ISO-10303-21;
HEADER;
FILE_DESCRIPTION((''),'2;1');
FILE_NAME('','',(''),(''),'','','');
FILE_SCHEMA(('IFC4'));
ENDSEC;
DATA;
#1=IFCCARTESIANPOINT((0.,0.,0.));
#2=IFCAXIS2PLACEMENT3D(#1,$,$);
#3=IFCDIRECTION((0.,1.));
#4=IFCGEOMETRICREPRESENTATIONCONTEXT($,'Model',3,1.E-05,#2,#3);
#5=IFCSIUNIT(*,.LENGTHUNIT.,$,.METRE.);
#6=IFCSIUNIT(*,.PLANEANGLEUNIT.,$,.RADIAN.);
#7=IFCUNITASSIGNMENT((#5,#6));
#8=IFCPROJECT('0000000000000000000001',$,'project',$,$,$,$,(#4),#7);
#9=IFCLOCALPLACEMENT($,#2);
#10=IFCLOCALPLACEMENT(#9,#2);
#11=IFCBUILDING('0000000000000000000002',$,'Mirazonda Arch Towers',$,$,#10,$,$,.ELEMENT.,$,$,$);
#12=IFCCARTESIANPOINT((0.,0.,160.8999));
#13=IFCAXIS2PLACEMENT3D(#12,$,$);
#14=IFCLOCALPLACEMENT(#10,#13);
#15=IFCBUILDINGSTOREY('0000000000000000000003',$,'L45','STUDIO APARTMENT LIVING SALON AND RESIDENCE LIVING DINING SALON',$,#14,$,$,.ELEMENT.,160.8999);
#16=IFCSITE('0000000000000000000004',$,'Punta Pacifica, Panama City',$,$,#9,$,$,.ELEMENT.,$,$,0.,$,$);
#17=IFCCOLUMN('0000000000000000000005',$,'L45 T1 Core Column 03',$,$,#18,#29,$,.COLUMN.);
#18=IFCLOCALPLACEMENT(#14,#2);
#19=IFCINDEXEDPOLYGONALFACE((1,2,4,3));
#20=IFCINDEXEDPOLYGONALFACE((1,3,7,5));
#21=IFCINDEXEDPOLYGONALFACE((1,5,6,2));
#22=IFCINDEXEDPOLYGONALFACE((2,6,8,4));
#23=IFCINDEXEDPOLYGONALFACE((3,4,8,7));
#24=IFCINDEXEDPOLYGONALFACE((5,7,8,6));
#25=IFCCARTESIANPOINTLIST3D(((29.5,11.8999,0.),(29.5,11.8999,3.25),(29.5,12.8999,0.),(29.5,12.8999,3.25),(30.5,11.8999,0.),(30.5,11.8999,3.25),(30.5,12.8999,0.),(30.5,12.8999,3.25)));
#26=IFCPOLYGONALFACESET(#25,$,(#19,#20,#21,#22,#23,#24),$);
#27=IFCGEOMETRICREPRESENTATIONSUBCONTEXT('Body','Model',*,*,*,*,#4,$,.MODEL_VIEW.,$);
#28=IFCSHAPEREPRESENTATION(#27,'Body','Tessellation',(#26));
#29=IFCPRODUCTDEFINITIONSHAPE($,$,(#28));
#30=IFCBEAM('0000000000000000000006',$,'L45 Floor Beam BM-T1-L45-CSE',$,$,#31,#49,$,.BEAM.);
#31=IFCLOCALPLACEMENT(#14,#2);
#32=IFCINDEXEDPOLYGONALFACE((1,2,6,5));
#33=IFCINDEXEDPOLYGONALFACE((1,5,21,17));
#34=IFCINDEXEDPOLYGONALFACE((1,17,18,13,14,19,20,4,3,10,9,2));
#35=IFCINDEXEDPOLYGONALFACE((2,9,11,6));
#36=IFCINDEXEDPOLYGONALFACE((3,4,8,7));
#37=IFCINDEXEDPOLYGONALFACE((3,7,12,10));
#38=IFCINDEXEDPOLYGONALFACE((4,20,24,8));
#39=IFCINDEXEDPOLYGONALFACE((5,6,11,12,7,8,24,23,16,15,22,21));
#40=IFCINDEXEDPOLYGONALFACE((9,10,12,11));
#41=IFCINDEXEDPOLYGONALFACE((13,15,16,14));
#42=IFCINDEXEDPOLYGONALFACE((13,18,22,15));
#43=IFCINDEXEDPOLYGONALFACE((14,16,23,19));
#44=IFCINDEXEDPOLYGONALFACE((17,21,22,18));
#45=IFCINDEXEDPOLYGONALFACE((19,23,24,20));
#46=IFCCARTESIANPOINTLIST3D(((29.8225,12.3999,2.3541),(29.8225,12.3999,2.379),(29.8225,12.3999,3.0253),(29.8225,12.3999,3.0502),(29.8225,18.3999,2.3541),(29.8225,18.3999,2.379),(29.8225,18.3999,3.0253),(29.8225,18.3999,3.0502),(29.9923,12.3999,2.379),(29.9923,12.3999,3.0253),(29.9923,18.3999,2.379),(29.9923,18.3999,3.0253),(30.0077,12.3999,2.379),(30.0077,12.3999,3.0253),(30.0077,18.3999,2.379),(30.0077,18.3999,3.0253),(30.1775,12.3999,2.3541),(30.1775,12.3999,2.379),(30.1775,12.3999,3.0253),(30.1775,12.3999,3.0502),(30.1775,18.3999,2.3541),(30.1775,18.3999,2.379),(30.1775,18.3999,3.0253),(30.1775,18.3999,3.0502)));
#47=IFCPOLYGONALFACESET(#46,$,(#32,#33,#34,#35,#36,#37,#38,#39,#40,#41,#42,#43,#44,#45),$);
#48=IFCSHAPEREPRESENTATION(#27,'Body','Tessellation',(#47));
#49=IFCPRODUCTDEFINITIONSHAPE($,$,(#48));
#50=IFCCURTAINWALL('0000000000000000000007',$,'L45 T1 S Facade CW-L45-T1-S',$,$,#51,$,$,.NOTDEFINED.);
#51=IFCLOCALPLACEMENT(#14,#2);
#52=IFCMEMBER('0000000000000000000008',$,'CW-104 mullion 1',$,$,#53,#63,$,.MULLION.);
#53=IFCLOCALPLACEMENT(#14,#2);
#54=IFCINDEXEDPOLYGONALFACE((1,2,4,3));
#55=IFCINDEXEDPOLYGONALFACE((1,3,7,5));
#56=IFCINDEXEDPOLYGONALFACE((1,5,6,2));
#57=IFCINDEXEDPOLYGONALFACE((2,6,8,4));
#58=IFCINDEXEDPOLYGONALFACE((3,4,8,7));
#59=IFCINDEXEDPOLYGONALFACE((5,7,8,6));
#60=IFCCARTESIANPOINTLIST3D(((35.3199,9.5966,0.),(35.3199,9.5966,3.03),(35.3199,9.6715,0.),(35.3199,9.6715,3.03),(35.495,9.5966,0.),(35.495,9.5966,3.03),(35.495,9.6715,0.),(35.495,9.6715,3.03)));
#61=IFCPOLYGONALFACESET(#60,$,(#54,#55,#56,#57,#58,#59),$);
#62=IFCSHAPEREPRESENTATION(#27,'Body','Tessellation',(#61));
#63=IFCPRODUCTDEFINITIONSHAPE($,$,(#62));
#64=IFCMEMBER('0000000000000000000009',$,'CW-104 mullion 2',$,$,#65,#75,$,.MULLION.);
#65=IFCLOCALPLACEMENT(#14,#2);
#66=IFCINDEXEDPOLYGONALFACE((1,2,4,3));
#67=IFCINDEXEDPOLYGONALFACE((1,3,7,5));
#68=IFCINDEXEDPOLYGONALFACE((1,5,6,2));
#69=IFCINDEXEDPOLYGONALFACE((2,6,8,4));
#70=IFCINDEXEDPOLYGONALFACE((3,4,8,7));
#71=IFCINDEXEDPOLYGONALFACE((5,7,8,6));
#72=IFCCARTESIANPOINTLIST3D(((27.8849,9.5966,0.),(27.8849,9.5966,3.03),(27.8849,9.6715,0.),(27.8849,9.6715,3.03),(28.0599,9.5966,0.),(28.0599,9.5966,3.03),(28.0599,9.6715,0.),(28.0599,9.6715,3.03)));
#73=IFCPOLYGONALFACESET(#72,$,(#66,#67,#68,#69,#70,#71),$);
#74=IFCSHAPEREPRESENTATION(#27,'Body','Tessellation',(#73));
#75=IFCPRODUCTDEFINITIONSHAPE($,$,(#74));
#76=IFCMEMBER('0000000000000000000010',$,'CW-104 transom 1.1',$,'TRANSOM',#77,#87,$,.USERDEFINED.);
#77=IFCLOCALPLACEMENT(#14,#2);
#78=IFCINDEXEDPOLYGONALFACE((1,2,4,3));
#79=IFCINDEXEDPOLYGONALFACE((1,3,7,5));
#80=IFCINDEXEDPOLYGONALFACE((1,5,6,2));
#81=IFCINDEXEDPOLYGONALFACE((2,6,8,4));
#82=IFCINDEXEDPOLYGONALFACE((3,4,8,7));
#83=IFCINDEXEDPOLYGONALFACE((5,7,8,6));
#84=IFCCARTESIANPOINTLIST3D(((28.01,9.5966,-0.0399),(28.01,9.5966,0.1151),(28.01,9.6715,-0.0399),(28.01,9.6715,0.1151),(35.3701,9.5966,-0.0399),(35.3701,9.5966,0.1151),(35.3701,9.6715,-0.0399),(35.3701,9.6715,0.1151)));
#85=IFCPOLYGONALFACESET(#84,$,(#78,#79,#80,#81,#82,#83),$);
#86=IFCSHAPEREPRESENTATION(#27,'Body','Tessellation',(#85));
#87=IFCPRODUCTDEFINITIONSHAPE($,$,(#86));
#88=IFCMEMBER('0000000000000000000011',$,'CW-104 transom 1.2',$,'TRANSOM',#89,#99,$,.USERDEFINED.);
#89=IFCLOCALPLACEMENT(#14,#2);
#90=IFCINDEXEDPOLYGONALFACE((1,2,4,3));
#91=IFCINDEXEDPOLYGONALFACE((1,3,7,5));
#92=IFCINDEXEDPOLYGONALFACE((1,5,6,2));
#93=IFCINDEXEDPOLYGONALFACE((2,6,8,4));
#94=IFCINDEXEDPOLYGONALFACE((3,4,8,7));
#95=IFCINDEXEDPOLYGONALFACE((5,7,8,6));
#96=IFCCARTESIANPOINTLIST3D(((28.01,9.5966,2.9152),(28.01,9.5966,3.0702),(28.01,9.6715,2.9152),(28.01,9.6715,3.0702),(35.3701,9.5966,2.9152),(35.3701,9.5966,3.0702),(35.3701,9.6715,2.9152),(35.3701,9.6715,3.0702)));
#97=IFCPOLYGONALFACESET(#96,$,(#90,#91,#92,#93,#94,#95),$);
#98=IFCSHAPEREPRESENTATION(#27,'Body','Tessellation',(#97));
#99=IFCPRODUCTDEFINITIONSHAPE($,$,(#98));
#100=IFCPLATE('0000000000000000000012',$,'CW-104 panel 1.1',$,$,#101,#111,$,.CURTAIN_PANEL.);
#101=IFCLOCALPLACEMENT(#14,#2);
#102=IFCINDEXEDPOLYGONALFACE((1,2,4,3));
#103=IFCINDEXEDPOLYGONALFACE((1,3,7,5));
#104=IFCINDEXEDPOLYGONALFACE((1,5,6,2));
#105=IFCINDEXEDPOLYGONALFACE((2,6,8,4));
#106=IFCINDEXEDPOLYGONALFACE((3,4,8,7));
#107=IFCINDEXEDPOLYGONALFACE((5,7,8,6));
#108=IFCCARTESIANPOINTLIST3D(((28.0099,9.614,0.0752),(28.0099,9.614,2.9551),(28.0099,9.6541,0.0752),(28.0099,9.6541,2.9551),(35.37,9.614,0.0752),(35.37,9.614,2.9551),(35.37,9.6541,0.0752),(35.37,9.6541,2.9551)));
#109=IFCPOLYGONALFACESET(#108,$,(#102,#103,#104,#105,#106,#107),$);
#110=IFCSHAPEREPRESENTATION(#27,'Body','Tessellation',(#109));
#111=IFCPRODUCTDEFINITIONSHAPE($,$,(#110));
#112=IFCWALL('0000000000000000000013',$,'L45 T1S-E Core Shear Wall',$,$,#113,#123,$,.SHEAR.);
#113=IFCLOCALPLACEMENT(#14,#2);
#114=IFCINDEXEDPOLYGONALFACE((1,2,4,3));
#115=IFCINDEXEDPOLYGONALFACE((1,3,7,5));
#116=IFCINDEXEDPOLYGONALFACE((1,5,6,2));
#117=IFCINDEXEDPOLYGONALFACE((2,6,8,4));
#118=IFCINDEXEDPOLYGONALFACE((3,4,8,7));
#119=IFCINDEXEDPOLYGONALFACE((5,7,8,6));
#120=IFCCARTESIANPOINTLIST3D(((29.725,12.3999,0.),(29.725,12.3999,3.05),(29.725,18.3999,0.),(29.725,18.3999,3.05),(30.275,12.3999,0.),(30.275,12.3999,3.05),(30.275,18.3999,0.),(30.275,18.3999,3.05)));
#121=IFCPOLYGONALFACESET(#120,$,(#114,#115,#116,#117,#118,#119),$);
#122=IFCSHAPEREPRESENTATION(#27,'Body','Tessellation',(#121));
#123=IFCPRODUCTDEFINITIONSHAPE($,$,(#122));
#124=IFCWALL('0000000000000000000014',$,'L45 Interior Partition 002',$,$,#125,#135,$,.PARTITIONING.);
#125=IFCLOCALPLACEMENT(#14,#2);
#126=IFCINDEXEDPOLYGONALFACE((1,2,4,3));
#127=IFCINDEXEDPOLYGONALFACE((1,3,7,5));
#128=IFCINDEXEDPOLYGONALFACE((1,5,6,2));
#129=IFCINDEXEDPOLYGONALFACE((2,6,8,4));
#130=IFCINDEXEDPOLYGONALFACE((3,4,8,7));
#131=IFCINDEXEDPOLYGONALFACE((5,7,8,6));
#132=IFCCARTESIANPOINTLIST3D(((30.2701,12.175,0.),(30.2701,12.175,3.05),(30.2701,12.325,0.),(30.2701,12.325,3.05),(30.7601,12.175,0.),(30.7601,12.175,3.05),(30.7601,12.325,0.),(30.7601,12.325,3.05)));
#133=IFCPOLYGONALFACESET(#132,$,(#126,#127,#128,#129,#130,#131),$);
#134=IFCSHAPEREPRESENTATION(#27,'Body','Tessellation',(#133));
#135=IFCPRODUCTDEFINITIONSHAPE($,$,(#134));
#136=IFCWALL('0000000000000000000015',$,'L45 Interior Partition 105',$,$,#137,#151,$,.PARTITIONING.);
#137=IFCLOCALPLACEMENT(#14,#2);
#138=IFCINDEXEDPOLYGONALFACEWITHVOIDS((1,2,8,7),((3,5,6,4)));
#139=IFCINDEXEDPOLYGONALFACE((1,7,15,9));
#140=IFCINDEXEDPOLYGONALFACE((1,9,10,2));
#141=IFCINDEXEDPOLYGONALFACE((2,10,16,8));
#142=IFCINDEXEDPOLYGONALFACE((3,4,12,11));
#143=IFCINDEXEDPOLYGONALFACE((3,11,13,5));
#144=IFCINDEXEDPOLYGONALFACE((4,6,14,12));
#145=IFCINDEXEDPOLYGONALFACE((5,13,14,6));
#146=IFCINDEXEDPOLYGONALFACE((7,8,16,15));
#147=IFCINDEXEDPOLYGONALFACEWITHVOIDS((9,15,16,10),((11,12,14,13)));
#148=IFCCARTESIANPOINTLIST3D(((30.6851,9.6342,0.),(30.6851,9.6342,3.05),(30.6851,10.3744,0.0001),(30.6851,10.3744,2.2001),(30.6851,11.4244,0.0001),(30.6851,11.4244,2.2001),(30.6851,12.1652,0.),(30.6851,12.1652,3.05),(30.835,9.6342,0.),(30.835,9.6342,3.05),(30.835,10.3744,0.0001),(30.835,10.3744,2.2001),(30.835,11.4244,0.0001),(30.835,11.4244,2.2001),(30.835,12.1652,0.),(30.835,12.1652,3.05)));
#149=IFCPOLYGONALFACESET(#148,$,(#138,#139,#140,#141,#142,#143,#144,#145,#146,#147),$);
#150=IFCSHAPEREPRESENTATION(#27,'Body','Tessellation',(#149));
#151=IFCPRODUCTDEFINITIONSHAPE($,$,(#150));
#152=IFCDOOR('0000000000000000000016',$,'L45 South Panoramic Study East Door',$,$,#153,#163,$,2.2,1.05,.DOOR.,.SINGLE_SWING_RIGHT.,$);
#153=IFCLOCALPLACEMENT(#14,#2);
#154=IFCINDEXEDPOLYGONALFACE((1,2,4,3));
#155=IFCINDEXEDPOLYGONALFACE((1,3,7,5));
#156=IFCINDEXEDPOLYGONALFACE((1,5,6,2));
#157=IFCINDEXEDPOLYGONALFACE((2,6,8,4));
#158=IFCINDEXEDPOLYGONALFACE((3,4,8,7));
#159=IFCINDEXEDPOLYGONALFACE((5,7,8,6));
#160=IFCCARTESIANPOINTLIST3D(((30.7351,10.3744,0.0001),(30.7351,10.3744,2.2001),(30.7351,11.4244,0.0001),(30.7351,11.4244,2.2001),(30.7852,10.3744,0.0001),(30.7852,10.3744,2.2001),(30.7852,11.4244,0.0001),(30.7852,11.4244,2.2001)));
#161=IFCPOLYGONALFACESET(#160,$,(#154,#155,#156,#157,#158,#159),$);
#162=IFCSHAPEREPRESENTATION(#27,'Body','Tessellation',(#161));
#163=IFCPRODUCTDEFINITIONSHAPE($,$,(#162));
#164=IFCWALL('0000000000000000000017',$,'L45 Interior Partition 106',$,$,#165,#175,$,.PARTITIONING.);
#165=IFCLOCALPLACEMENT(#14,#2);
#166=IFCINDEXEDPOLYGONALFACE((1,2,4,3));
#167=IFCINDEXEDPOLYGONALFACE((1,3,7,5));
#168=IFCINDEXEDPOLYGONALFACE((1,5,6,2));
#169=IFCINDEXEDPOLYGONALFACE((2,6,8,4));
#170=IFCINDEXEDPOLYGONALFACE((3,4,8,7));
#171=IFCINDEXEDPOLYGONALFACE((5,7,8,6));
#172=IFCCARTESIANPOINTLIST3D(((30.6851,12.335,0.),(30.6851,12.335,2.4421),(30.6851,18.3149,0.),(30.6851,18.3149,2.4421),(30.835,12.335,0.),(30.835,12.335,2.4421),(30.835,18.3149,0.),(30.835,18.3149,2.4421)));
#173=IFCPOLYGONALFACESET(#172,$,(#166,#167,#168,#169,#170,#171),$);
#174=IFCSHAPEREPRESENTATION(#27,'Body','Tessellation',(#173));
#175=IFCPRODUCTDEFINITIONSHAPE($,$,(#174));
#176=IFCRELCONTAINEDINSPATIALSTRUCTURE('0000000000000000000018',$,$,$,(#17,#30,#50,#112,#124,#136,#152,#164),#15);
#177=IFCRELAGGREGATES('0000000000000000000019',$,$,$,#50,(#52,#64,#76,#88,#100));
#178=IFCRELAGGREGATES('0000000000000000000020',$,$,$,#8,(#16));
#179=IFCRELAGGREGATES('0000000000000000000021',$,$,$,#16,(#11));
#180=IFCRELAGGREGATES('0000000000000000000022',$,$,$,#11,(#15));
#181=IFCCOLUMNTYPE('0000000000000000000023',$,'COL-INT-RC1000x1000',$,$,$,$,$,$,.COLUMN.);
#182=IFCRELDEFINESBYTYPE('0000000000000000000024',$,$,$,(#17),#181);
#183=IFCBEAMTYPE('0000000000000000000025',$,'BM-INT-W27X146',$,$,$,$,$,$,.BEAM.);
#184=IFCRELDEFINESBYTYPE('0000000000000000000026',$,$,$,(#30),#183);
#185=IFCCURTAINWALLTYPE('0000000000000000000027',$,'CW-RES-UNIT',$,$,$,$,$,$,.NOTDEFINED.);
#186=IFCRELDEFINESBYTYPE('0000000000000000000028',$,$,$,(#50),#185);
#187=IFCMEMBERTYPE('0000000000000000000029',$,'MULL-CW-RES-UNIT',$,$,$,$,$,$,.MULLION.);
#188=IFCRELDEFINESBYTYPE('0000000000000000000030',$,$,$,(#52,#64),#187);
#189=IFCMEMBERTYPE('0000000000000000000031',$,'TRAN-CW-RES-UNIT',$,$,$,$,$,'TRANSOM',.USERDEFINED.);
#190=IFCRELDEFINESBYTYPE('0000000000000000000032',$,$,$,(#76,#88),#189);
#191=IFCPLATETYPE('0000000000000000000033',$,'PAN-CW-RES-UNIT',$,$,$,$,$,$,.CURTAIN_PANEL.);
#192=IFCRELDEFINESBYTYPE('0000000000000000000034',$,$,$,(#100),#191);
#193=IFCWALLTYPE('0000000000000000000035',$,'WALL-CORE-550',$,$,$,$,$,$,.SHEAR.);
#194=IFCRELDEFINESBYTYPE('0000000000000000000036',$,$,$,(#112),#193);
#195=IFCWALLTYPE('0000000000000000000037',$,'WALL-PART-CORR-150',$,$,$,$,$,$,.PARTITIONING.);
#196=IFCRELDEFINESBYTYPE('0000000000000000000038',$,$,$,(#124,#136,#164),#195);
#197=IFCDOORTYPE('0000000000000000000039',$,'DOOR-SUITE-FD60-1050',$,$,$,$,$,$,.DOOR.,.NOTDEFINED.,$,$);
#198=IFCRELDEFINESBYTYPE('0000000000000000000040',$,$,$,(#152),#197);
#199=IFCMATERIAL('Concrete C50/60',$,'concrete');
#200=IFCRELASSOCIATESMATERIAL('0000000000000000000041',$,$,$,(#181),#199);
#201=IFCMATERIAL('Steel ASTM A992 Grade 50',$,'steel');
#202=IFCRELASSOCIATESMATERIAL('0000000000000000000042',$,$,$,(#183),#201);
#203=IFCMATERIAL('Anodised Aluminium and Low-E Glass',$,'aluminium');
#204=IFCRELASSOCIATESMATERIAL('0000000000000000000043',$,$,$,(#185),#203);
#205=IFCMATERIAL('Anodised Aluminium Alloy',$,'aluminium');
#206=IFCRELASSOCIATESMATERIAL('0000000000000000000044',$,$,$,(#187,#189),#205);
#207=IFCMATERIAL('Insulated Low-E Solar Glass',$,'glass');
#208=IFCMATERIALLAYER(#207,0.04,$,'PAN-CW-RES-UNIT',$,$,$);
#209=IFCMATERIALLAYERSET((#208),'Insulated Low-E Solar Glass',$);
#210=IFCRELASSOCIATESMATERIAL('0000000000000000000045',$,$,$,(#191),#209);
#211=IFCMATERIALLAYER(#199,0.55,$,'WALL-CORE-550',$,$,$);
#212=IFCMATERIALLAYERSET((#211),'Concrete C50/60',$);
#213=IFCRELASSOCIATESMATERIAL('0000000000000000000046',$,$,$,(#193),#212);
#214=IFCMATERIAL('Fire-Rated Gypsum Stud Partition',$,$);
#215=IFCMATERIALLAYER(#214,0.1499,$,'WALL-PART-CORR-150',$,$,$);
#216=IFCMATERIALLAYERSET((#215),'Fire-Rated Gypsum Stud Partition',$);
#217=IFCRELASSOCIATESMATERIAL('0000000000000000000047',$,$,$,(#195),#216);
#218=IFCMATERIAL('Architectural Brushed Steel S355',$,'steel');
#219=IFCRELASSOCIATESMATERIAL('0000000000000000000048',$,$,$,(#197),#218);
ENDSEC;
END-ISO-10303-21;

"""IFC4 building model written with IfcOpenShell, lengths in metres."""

from ifc_helpers import new_model, si_unit, direction, frame, frame_2d, origin, origin_2d, place, context, subcontext, project, spatial, rectangle, i_section, extrude, material, layer, layer_set, material_profile, profile_set, type_object, element, fill, aggregate, save


model = new_model("IFC4")

# Units and contexts
model_context = context("Model", 3, precision=1e-05, world=origin(), true_north=direction((0.0, 1.0)))
body_context = subcontext(model_context, "Body", "Model", "MODEL_VIEW")
ifc_project = project(units=[si_unit("LENGTHUNIT", "METRE"), si_unit("PLANEANGLEUNIT", "RADIAN")], contexts=[model_context])

# Site, building, storey
site_placement = place(None, origin())
site = spatial("IfcSite", under=ifc_project, at=site_placement, Name="Punta Pacifica, Panama City", CompositionType="ELEMENT", RefElevation=0.0)
building_placement = place(site_placement, origin())
building = spatial("IfcBuilding", under=site, at=building_placement, Name="Mirazonda Arch Towers", CompositionType="ELEMENT")
storey_placement = place(building_placement, frame((0.0, 0.0, 160.8999)))
storey = spatial("IfcBuildingStorey", under=building, at=storey_placement, Name="L45", Description="STUDIO APARTMENT LIVING SALON AND RESIDENCE LIVING DINING SALON", CompositionType="ELEMENT", Elevation=160.8999)

# Column
ifc_material_1 = material(Name="Concrete C50/60", Category="concrete")
ifc_material_profile_1 = material_profile(ifc_material_1, rectangle(XDim=1.0, YDim=1.0, at=origin_2d()), Name="RC1000x1000")
ifc_profile_set_1 = profile_set([ifc_material_profile_1], Name="Concrete C50/60")
column_type = type_object("IfcColumnType", Name="COL-INT-RC1000x1000", PredefinedType="COLUMN", material=ifc_profile_set_1)
column_placement = place(storey_placement, frame((30.0, 12.3999, 0.0), z_axis=(0.0, 0.0, 1.0), x_axis=(1.0, 0.0, 0.0)))
element("IfcColumn", 1, at=column_placement, inside=storey, type_object=column_type, Name="L45 T1 Core Column 03", PredefinedType="COLUMN", context=body_context, shape_type="SweptSolid", body=[
    extrude(rectangle(XDim=1.0, YDim=1.0, at=origin_2d()), origin(), (0.0, 0.0, 1.0), 3.25),
])

# Beam
ifc_material_2 = material(Name="Steel ASTM A992 Grade 50", Category="steel")
ifc_material_profile_2 = material_profile(ifc_material_2, i_section(OverallWidth=0.355, OverallDepth=0.696, WebThickness=0.0154, FlangeThickness=0.0249, at=origin_2d()), Name="W27X146")
ifc_profile_set_2 = profile_set([ifc_material_profile_2], Name="Steel ASTM A992 Grade 50")
beam_type = type_object("IfcBeamType", Name="BM-INT-W27X146", PredefinedType="BEAM", material=ifc_profile_set_2)
beam_placement = place(storey_placement, frame((30.0, 12.3999, 2.7021), z_axis=(0.0, 1.0, 0.0), x_axis=(-1.0, 0.0, 0.0)))
element("IfcBeam", 2, at=beam_placement, inside=storey, type_object=beam_type, Name="L45 Floor Beam BM-T1-L45-CSE", PredefinedType="BEAM", context=body_context, shape_type="SweptSolid", body=[
    extrude(i_section(OverallWidth=0.355, OverallDepth=0.696, WebThickness=0.0154, FlangeThickness=0.0249, at=origin_2d()), origin(), (0.0, 0.0, 1.0), 6.0),
])

# Curtain wall, members, plate
ifc_material_3 = material(Name="Anodised Aluminium and Low-E Glass", Category="aluminium")
curtain_wall_type = type_object("IfcCurtainWallType", Name="CW-RES-UNIT", PredefinedType="NOTDEFINED", material=ifc_material_3)
curtain_wall_placement = place(storey_placement, origin())
curtain_wall = element("IfcCurtainWall", 3, at=curtain_wall_placement, inside=storey, type_object=curtain_wall_type, Name="L45 T1 S Facade CW-L45-T1-S", PredefinedType="NOTDEFINED")
ifc_material_4 = material(Name="Anodised Aluminium Alloy", Category="aluminium")
ifc_material_profile_3 = material_profile(ifc_material_4, rectangle(XDim=0.075, YDim=0.175, at=origin_2d()), Name="ALU-MULL-75x175")
ifc_profile_set_3 = profile_set([ifc_material_profile_3], Name="Anodised Aluminium Alloy")
member_type_1 = type_object("IfcMemberType", Name="MULL-CW-RES-UNIT", PredefinedType="MULLION", material=ifc_profile_set_3)
member_1_placement = place(storey_placement, frame((35.4075, 9.634, 0.0), z_axis=(0.0, 0.0, 1.0), x_axis=(0.0, -1.0, 0.0)))
member_1 = element("IfcMember", 4, at=member_1_placement, type_object=member_type_1, Name="CW-104 mullion 1", PredefinedType="MULLION", context=body_context, shape_type="SweptSolid", body=[
    extrude(rectangle(XDim=0.075, YDim=0.175, at=origin_2d()), origin(), (0.0, 0.0, 1.0), 3.03),
])
member_2_placement = place(storey_placement, frame((27.9724, 9.634, 0.0), z_axis=(0.0, 0.0, 1.0), x_axis=(0.0, -1.0, 0.0)))
member_2 = element("IfcMember", 5, at=member_2_placement, type_object=member_type_1, Name="CW-104 mullion 2", PredefinedType="MULLION", context=body_context, shape_type="SweptSolid", body=[
    extrude(rectangle(XDim=0.075, YDim=0.175, at=origin_2d()), origin(), (0.0, 0.0, 1.0), 3.03),
])
ifc_material_profile_4 = material_profile(ifc_material_4, rectangle(XDim=0.075, YDim=0.155, at=origin_2d()), Name="ALU-TRAN-75x155")
ifc_profile_set_4 = profile_set([ifc_material_profile_4], Name="Anodised Aluminium Alloy")
member_type_2 = type_object("IfcMemberType", Name="TRAN-CW-RES-UNIT", ElementType="TRANSOM", PredefinedType="USERDEFINED", material=ifc_profile_set_4)
member_3_placement = place(storey_placement, frame((35.3701, 9.634, 0.0376), z_axis=(-1.0, 0.0, 0.0), x_axis=(0.0, -1.0, 0.0)))
member_3 = element("IfcMember", 6, at=member_3_placement, type_object=member_type_2, Name="CW-104 transom 1.1", ObjectType="TRANSOM", PredefinedType="USERDEFINED", context=body_context, shape_type="SweptSolid", body=[
    extrude(rectangle(XDim=0.075, YDim=0.155, at=origin_2d()), origin(), (0.0, 0.0, 1.0), 7.3601),
])
member_4_placement = place(storey_placement, frame((35.3701, 9.634, 2.9927), z_axis=(-1.0, 0.0, 0.0), x_axis=(0.0, -1.0, 0.0)))
member_4 = element("IfcMember", 7, at=member_4_placement, type_object=member_type_2, Name="CW-104 transom 1.2", ObjectType="TRANSOM", PredefinedType="USERDEFINED", context=body_context, shape_type="SweptSolid", body=[
    extrude(rectangle(XDim=0.075, YDim=0.155, at=origin_2d()), origin(), (0.0, 0.0, 1.0), 7.3601),
])
ifc_material_5 = material(Name="Insulated Low-E Solar Glass", Category="glass")
ifc_layer_1 = layer(ifc_material_5, 0.04, Name="PAN-CW-RES-UNIT")
ifc_layer_set_1 = layer_set([ifc_layer_1], Name="Insulated Low-E Solar Glass")
plate_type = type_object("IfcPlateType", Name="PAN-CW-RES-UNIT", PredefinedType="CURTAIN_PANEL", material=ifc_layer_set_1)
plate_placement = place(storey_placement, frame((31.6899, 9.634, 0.0752), z_axis=(0.0, 0.0, 1.0), x_axis=(-1.0, 0.0, 0.0)))
plate = element("IfcPlate", 8, at=plate_placement, type_object=plate_type, Name="CW-104 panel 1.1", PredefinedType="CURTAIN_PANEL", context=body_context, shape_type="SweptSolid", body=[
    extrude(rectangle(XDim=7.3601, YDim=0.04, at=origin_2d()), origin(), (0.0, 0.0, 1.0), 2.8799),
])
aggregate(curtain_wall, [member_1, member_2, member_3, member_4, plate])

# Walls
ifc_layer_2 = layer(ifc_material_1, 0.55, Name="WALL-CORE-550")
ifc_layer_set_2 = layer_set([ifc_layer_2], Name="Concrete C50/60")
wall_type_1 = type_object("IfcWallType", Name="WALL-CORE-550", PredefinedType="SHEAR", material=ifc_layer_set_2)
wall_1_placement = place(storey_placement, frame((30.0, 12.3999, 0.0), z_axis=(0.0, 0.0, 1.0), x_axis=(0.0, 1.0, 0.0)))
element("IfcWall", 9, at=wall_1_placement, inside=storey, type_object=wall_type_1, Name="L45 T1S-E Core Shear Wall", PredefinedType="SHEAR", context=body_context, shape_type="SweptSolid", body=[
    extrude(rectangle(XDim=6.0, YDim=0.55, at=frame_2d((3.0, 0.0))), origin(), (0.0, 0.0, 1.0), 3.05),
])
ifc_material_6 = material(Name="Fire-Rated Gypsum Stud Partition")
ifc_layer_3 = layer(ifc_material_6, 0.1499, Name="WALL-PART-CORR-150")
ifc_layer_set_3 = layer_set([ifc_layer_3], Name="Fire-Rated Gypsum Stud Partition")
wall_type_2 = type_object("IfcWallType", Name="WALL-PART-CORR-150", PredefinedType="PARTITIONING", material=ifc_layer_set_3)
wall_2_placement = place(storey_placement, frame((30.27, 12.25, 0.0), z_axis=(0.0, 0.0, 1.0), x_axis=(1.0, 0.0, 0.0)))
element("IfcWall", 10, at=wall_2_placement, inside=storey, type_object=wall_type_2, Name="L45 Interior Partition 002", PredefinedType="PARTITIONING", context=body_context, shape_type="SweptSolid", body=[
    extrude(rectangle(XDim=0.49, YDim=0.1499, at=frame_2d((0.2451, 0.0))), origin(), (0.0, 0.0, 1.0), 3.05),
])

# Wall, opening, door
wall_3_placement = place(storey_placement, frame((30.76, 9.634, 0.0), z_axis=(0.0, 0.0, 1.0), x_axis=(0.0, 1.0, 0.0)))
wall_3 = element("IfcWall", 11, at=wall_3_placement, inside=storey, type_object=wall_type_2, Name="L45 Interior Partition 105", PredefinedType="PARTITIONING", context=body_context, shape_type="SweptSolid", body=[
    extrude(rectangle(XDim=2.531, YDim=0.1499, at=frame_2d((1.2656, 0.0))), origin(), (0.0, 0.0, 1.0), 3.05),
])
opening_1_placement = place(wall_3_placement, frame((0.7405, 0.0, 0.0)))
opening_1 = element("IfcOpeningElement", 12, at=opening_1_placement, cuts=wall_3, PredefinedType="OPENING", context=body_context, shape_type="SweptSolid", body=[
    extrude(rectangle(XDim=1.05, YDim=2.2, at=frame_2d((0.5249, 1.1001))), frame((0.0, 0.085, 0.0), z_axis=(0.0, -1.0, 0.0), x_axis=(1.0, 0.0, 0.0)), (0.0, 0.0, 1.0), 0.1699),
])
ifc_material_7 = material(Name="Architectural Brushed Steel S355", Category="steel")
door_type_1 = type_object("IfcDoorType", Name="DOOR-SUITE-FD60-1050", OperationType="NOTDEFINED", PredefinedType="DOOR", material=ifc_material_7)
door_1_placement = place(opening_1_placement, origin())
door_1 = element("IfcDoor", 13, at=door_1_placement, inside=storey, type_object=door_type_1, Name="L45 South Panoramic Study East Door", OperationType="SINGLE_SWING_RIGHT", OverallHeight=2.2, OverallWidth=1.05, PredefinedType="DOOR", context=body_context, shape_type="SweptSolid", body=[
    extrude(rectangle(XDim=1.05, YDim=2.2, at=frame_2d((0.5249, 1.1001))), frame((0.0, 0.0249, 0.0), z_axis=(0.0, -1.0, 0.0), x_axis=(1.0, 0.0, 0.0)), (0.0, 0.0, 1.0), 0.05),
])
fill(opening_1, door_1)

# Wall
wall_4_placement = place(storey_placement, frame((30.76, 12.335, 0.0), z_axis=(0.0, 0.0, 1.0), x_axis=(0.0, 1.0, 0.0)))
element("IfcWall", 14, at=wall_4_placement, inside=storey, type_object=wall_type_2, Name="L45 Interior Partition 106", PredefinedType="PARTITIONING", context=body_context, shape_type="SweptSolid", body=[
    extrude(rectangle(XDim=5.98, YDim=0.1499, at=frame_2d((2.99, 0.0))), origin(), (0.0, 0.0, 1.0), 2.4421),
])

save(model, "model.ifc")
